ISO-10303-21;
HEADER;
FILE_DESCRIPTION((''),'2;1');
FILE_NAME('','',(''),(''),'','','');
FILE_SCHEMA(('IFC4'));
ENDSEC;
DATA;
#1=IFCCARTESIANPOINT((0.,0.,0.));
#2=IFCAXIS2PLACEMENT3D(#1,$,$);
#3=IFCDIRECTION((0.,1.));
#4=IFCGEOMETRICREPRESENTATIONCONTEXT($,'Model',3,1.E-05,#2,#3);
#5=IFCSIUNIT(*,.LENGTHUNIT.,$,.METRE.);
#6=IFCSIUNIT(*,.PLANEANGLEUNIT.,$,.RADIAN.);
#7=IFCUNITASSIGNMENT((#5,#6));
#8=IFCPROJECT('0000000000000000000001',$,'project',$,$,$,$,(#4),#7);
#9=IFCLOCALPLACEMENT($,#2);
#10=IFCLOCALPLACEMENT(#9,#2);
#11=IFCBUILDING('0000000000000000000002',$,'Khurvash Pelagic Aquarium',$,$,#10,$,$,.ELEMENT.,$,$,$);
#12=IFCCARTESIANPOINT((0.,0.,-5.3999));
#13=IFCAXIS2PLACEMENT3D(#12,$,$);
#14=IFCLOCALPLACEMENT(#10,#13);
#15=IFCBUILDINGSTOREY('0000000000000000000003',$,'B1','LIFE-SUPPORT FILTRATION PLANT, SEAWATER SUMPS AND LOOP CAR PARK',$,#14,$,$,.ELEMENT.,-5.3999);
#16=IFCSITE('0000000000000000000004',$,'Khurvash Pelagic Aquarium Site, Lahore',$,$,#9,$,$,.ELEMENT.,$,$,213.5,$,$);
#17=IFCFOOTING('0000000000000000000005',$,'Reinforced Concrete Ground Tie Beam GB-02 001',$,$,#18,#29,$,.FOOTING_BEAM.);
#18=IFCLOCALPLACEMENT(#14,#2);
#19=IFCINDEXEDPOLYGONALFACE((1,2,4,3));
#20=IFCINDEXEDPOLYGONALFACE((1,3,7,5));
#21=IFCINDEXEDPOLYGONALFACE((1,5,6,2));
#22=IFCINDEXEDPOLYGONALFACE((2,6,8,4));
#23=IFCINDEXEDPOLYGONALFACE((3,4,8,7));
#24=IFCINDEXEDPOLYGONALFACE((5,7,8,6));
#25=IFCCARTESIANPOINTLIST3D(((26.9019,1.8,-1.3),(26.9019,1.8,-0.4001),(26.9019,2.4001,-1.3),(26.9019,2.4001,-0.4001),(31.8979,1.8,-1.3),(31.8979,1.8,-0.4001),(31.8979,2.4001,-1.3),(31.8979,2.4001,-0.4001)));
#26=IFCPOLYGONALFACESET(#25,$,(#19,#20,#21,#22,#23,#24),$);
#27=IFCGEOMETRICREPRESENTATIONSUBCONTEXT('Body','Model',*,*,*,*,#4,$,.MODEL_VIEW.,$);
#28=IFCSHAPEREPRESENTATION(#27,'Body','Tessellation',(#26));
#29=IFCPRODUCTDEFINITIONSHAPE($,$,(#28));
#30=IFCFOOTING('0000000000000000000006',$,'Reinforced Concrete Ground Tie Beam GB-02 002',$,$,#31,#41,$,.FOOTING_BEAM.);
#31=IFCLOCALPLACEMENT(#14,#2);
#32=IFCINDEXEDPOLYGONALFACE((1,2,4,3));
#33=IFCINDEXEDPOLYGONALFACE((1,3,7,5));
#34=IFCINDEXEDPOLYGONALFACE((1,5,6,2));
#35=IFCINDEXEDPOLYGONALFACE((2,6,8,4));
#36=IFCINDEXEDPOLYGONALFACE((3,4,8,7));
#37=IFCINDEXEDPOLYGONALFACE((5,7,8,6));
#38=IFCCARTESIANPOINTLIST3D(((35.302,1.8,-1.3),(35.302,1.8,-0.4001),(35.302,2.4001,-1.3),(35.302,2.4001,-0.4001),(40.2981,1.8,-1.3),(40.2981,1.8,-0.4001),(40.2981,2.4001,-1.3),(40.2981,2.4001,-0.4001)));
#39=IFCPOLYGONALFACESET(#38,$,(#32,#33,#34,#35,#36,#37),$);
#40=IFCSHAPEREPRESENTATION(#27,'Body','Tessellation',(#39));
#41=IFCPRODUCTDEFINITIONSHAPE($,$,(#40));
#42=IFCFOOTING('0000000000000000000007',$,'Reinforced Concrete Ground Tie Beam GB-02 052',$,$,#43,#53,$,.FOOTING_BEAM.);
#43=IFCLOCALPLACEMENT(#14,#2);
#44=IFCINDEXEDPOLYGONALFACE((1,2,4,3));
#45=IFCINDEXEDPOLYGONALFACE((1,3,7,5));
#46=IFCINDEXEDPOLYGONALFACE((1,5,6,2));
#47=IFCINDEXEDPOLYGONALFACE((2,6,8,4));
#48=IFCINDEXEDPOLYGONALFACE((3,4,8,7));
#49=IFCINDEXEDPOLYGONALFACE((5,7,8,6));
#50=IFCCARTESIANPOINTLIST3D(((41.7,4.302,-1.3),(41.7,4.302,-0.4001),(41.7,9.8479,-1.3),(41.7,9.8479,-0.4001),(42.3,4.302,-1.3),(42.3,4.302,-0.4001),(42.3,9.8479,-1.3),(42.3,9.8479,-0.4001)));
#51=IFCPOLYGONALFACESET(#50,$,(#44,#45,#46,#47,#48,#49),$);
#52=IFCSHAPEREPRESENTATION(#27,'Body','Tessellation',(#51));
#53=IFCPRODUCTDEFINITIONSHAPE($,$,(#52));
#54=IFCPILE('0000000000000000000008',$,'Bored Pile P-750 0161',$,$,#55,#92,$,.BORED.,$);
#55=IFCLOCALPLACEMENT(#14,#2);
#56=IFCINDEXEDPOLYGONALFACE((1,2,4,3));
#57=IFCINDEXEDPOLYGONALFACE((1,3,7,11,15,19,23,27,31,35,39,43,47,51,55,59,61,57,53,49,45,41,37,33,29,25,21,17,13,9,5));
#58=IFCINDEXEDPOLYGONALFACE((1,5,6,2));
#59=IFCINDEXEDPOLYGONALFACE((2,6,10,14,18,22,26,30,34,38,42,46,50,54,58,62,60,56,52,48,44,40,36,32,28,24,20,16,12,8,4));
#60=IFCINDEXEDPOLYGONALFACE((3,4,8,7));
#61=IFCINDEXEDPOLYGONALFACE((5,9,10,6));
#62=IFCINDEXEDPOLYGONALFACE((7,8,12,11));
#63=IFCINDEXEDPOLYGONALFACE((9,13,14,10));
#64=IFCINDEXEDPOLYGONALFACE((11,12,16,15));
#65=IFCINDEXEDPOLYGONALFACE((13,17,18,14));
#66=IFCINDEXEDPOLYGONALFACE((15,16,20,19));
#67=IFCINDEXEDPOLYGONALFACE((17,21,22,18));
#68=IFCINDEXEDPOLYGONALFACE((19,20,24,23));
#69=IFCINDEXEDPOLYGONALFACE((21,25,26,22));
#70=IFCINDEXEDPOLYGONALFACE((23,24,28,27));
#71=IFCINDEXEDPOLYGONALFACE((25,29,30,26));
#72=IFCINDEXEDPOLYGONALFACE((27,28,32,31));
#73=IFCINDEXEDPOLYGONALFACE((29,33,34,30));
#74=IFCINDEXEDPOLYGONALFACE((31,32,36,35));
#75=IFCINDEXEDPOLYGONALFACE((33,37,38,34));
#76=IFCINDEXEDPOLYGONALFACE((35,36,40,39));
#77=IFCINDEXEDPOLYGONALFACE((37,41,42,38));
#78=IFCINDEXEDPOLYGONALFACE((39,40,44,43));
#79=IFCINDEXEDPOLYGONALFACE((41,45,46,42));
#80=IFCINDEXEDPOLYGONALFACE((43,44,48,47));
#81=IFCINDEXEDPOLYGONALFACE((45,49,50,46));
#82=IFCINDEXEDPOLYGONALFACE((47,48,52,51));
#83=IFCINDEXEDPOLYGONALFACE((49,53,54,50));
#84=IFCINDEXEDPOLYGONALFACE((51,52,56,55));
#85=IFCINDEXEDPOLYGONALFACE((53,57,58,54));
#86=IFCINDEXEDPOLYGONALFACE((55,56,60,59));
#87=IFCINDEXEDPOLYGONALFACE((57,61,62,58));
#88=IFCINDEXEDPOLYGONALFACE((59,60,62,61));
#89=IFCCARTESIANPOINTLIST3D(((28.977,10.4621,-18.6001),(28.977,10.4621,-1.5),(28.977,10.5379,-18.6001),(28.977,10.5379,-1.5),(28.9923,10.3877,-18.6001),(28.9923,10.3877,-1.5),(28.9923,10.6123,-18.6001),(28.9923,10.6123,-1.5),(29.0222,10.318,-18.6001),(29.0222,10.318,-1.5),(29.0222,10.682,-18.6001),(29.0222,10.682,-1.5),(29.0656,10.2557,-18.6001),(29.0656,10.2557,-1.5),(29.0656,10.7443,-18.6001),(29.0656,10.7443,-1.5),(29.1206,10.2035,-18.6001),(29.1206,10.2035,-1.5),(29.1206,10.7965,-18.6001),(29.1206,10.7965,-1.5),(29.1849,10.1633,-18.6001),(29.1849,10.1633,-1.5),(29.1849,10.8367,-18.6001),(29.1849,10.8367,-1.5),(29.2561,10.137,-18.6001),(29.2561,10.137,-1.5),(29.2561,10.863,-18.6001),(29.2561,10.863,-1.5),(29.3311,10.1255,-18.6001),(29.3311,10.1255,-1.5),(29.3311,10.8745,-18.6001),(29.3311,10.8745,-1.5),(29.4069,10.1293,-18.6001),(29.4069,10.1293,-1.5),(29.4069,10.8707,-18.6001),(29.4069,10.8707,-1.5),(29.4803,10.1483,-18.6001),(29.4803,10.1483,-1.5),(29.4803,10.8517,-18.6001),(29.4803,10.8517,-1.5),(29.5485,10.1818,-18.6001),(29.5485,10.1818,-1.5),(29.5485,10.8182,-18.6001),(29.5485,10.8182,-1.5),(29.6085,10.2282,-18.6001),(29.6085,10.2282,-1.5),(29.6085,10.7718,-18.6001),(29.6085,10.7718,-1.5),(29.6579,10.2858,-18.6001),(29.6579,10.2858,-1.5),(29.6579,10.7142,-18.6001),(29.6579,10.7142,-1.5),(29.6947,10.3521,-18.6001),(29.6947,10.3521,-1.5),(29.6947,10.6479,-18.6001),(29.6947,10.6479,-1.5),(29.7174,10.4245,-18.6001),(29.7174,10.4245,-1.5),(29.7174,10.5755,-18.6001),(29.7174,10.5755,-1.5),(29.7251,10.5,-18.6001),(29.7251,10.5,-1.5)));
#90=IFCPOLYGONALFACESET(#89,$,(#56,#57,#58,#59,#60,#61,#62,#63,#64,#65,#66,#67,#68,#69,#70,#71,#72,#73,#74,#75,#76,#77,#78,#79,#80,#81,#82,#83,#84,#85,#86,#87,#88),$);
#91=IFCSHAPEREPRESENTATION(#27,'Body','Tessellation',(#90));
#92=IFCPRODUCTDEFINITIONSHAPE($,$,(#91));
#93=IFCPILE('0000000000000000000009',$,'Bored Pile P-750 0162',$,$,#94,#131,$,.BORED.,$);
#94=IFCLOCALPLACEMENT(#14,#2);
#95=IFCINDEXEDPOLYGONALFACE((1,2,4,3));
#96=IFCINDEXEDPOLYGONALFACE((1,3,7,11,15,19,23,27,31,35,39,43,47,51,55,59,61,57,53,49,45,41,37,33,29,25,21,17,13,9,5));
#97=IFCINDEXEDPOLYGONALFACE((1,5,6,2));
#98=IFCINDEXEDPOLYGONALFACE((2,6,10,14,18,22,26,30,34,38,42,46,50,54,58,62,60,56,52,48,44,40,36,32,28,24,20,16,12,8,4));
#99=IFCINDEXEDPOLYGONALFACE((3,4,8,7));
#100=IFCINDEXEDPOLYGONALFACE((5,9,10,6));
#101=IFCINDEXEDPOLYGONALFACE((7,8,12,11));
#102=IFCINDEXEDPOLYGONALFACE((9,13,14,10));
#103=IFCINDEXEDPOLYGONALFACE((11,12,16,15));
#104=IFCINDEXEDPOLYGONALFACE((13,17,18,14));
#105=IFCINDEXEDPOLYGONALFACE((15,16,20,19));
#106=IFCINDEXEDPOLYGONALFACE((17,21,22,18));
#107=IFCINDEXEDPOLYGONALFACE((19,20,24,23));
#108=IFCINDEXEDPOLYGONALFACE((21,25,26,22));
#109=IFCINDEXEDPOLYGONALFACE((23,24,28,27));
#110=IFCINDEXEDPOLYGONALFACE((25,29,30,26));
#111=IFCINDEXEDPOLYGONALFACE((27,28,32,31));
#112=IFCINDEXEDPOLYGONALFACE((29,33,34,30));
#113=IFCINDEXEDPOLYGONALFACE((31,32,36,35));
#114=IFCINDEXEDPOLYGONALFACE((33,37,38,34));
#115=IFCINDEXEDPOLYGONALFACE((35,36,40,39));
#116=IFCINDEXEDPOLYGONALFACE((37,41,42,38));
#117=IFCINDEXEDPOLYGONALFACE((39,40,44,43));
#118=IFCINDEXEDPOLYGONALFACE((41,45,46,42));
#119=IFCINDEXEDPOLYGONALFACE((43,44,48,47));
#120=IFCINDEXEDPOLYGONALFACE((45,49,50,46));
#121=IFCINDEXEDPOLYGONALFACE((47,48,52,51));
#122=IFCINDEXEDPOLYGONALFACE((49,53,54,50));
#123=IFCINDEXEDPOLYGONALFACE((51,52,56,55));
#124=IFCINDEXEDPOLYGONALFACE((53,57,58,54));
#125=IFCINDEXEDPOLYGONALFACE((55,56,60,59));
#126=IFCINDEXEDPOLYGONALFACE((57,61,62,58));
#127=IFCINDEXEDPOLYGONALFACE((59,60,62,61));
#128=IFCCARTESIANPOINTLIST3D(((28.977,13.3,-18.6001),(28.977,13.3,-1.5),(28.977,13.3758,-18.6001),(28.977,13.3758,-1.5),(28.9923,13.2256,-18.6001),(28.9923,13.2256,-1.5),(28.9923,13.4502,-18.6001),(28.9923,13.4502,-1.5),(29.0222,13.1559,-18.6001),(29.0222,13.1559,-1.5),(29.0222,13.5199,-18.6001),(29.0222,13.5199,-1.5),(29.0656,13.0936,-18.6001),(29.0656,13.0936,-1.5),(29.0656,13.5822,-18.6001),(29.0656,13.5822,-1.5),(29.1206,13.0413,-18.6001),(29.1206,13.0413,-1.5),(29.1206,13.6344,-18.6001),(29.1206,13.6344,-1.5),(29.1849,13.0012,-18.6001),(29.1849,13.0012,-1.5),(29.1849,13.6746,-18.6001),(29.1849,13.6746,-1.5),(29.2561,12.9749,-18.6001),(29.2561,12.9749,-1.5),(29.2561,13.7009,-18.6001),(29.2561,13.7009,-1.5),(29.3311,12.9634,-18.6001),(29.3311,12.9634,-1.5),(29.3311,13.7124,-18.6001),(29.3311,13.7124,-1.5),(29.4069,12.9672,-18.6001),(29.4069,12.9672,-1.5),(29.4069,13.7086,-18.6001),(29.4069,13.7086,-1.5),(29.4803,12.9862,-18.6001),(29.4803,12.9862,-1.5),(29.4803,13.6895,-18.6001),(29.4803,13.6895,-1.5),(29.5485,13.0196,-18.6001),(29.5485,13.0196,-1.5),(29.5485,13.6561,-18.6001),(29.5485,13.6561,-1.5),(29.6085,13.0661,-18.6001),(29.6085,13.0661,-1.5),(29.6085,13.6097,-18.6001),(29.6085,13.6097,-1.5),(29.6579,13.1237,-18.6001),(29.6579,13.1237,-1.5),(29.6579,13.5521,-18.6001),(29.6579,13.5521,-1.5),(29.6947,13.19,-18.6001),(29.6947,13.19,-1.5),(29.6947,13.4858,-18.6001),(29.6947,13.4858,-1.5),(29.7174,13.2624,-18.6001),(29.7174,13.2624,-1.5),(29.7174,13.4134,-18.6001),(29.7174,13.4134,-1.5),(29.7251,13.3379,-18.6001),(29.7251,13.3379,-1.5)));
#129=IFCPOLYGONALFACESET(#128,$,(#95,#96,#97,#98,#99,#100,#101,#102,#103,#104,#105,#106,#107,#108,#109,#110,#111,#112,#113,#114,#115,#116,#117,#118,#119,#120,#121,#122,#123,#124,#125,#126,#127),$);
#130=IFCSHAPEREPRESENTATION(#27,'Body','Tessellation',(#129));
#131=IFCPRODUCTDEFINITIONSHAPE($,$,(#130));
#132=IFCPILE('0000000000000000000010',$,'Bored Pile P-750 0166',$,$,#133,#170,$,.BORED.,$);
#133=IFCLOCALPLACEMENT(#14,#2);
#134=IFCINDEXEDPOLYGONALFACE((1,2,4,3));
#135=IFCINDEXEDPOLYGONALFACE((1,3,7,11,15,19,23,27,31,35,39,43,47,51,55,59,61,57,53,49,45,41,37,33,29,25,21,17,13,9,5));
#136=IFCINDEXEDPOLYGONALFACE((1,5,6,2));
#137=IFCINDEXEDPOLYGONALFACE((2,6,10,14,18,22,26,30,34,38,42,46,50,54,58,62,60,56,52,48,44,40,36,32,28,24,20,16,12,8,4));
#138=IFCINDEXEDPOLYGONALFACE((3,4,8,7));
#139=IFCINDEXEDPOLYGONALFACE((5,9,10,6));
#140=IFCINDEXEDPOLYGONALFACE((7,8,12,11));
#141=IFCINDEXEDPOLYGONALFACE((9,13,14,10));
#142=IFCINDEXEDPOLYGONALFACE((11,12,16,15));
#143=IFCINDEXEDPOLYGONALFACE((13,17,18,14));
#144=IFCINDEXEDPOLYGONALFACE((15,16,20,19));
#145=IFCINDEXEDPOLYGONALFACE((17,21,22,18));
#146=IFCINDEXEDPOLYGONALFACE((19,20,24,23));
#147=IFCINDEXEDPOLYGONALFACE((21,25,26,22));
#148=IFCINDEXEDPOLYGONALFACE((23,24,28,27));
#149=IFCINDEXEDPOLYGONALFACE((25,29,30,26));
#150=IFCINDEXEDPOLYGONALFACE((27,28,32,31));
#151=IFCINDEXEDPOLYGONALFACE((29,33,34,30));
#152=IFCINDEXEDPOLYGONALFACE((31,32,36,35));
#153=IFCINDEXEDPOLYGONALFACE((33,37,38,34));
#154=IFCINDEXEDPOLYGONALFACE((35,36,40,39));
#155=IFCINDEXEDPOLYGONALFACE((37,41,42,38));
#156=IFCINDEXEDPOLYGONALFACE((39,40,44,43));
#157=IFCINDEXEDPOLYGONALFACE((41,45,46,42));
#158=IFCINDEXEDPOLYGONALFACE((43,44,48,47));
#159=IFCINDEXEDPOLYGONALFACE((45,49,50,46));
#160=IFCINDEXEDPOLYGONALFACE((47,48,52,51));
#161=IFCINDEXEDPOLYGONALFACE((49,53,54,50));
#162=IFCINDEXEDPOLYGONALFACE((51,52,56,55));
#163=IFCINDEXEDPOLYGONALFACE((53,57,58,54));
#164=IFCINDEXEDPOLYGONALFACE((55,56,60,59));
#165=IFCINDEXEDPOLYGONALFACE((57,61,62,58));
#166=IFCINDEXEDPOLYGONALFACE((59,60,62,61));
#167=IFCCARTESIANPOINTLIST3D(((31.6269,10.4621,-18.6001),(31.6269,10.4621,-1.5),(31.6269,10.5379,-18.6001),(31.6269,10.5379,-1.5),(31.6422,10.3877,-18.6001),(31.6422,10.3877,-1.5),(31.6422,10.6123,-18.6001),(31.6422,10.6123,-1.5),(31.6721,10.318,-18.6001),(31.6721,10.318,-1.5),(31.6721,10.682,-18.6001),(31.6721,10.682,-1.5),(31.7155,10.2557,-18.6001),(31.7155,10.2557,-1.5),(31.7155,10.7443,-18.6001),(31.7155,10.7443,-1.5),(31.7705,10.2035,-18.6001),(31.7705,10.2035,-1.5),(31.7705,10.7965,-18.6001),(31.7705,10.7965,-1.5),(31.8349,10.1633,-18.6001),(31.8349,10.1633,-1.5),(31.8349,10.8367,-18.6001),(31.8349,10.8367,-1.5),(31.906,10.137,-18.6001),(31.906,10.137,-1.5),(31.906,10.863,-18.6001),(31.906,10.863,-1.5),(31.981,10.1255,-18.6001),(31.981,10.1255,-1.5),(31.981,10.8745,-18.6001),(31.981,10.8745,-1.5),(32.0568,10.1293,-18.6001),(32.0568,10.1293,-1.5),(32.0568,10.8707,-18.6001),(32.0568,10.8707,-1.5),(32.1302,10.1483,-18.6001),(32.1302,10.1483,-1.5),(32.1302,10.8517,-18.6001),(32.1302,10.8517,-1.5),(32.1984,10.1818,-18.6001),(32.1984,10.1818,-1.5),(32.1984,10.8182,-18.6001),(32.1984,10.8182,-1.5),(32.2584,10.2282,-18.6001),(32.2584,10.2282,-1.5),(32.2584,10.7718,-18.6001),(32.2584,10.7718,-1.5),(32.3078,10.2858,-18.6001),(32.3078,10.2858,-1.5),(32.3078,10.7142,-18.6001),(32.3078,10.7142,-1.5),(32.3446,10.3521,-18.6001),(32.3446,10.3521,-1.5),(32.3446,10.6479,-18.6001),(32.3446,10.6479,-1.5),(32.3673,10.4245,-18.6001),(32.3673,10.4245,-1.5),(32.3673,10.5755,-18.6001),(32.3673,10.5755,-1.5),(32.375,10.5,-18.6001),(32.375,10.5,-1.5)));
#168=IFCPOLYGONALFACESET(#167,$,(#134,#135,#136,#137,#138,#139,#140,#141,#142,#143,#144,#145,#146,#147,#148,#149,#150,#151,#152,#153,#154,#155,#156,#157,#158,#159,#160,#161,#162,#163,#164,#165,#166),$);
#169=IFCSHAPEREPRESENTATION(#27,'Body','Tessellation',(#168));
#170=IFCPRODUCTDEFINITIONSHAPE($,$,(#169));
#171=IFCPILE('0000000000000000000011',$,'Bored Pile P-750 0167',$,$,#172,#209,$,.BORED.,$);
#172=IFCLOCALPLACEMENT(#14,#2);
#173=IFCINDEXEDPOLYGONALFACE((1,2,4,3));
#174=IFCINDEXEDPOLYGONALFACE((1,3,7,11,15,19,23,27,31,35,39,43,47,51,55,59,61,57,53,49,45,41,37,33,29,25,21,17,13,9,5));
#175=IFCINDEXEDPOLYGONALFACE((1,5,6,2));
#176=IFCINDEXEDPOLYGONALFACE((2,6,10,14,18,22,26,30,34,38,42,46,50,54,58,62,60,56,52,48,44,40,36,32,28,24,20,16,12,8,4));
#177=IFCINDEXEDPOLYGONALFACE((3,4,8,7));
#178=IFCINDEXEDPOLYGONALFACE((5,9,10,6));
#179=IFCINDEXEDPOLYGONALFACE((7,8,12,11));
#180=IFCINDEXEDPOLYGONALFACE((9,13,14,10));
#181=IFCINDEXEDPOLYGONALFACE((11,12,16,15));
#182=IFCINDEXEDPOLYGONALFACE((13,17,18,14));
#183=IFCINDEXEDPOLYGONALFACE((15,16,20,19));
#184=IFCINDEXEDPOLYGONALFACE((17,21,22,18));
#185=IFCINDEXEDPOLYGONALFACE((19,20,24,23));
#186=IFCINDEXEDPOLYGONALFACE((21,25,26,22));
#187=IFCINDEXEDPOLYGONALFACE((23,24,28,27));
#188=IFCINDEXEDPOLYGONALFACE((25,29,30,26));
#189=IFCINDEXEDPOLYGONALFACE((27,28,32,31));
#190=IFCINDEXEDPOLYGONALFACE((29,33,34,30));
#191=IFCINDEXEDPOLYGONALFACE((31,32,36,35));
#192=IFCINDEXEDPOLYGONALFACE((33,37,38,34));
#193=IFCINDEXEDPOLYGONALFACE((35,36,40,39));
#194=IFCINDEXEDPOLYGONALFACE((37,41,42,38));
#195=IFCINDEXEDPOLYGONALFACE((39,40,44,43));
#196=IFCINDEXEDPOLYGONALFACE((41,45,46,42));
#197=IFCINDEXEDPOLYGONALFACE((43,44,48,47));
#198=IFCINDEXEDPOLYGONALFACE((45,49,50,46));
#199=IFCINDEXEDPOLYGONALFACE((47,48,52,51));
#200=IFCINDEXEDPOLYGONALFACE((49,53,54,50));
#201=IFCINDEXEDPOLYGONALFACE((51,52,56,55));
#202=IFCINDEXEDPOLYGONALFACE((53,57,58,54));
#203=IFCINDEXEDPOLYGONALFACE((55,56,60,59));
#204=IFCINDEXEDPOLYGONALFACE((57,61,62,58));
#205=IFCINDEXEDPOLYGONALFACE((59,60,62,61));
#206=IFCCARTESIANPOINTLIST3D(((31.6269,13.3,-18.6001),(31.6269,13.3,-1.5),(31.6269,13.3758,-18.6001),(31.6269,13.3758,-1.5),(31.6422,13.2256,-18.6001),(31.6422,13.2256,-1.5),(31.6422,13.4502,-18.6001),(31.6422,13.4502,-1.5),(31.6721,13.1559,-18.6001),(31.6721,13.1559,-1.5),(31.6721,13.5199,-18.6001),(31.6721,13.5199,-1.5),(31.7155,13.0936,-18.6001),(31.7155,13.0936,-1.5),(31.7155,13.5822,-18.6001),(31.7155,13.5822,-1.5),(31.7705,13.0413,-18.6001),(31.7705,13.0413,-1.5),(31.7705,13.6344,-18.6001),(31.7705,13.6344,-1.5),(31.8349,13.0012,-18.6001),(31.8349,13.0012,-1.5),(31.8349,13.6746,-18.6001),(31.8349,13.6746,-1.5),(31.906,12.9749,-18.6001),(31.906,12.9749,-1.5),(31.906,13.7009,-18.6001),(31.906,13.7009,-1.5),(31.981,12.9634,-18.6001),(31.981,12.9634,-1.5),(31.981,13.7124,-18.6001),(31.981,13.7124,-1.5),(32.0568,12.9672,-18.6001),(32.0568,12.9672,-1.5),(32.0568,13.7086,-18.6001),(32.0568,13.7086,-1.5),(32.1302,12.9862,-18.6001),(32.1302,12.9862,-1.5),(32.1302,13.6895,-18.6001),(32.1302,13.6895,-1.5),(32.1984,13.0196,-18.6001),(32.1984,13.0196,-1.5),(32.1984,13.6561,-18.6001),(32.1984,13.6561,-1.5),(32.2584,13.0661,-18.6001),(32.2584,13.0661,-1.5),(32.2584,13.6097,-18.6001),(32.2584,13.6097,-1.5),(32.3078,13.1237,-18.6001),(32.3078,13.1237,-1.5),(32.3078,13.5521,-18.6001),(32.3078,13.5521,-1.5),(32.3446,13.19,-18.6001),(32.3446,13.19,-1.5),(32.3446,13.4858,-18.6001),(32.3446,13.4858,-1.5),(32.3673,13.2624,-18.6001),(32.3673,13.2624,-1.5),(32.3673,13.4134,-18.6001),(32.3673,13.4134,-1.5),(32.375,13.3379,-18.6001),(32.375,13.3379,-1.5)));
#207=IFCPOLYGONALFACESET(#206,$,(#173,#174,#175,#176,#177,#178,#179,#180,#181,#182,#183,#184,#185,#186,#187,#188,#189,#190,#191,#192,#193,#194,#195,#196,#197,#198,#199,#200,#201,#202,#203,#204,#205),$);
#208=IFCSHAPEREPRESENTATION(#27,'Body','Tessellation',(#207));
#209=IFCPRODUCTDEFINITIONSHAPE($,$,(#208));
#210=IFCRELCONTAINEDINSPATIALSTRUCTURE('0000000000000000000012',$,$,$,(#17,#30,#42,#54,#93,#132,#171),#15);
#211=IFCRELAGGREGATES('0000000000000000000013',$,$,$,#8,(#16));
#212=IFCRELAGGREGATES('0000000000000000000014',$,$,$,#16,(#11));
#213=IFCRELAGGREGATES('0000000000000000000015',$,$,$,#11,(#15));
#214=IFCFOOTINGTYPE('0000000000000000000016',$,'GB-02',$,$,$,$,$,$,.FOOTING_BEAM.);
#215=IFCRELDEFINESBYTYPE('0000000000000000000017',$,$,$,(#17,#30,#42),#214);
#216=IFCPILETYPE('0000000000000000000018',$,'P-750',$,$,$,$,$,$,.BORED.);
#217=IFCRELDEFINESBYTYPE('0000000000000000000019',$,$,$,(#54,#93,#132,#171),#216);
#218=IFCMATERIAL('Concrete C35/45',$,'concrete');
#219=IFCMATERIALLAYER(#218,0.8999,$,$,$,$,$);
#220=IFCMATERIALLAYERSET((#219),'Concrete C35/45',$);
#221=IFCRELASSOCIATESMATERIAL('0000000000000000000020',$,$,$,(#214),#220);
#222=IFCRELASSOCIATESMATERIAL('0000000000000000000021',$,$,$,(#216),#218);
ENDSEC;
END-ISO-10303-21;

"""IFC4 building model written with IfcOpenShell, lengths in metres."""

from ifc_helpers import new_model, si_unit, direction, frame, origin, origin_2d, place, context, subcontext, project, spatial, rectangle, circle, extrude, material, layer, layer_set, material_profile, profile_set, type_object, element, save


model = new_model("IFC4")

# Units and contexts
model_context = context("Model", 3, precision=1e-05, world=origin(), true_north=direction((0.0, 1.0)))
body_context = subcontext(model_context, "Body", "Model", "MODEL_VIEW")
ifc_project = project(units=[si_unit("LENGTHUNIT", "METRE"), si_unit("PLANEANGLEUNIT", "RADIAN")], contexts=[model_context])

# Site, building, storey
site_placement = place(None, origin())
site = spatial("IfcSite", under=ifc_project, at=site_placement, Name="Khurvash Pelagic Aquarium Site, Lahore", CompositionType="ELEMENT", RefElevation=213.5)
building_placement = place(site_placement, origin())
building = spatial("IfcBuilding", under=site, at=building_placement, Name="Khurvash Pelagic Aquarium", CompositionType="ELEMENT")
storey_placement = place(building_placement, frame((0.0, 0.0, -5.3999)))
storey = spatial("IfcBuildingStorey", under=building, at=storey_placement, Name="B1", Description="LIFE-SUPPORT FILTRATION PLANT, SEAWATER SUMPS AND LOOP CAR PARK", CompositionType="ELEMENT", Elevation=-5.3999)

# Footings
ifc_material_1 = material(Name="Concrete C35/45", Category="concrete")
ifc_layer_1 = layer(ifc_material_1, 0.8999)
ifc_layer_set_1 = layer_set([ifc_layer_1], Name="Concrete C35/45")
footing_type_1 = type_object("IfcFootingType", Name="GB-02", PredefinedType="FOOTING_BEAM", material=ifc_layer_set_1)
for number, where, z_axis, x_axis, name in (
    (1, (29.3999, 2.1001, -1.3), (0.0, 0.0, 1.0), (1.0, 0.0, 0.0), "Reinforced Concrete Ground Tie Beam GB-02 001"),
    (2, (37.8, 2.1001, -1.3), (0.0, 0.0, 1.0), (1.0, 0.0, 0.0), "Reinforced Concrete Ground Tie Beam GB-02 002"),
):
    element("IfcFooting", number, at=place(storey_placement, frame(where, z_axis=z_axis, x_axis=x_axis)), inside=storey, type_object=footing_type_1, Name=name, PredefinedType="FOOTING_BEAM", context=body_context, shape_type="SweptSolid", body=[
        extrude(rectangle(XDim=4.9961, YDim=0.6001, at=origin_2d()), origin(), (0.0, 0.0, 1.0), 0.8999),
    ])
footing_1_placement = place(storey_placement, frame((42.0, 7.075, -1.3), z_axis=(0.0, 0.0, 1.0), x_axis=(0.0, 1.0, 0.0)))
element("IfcFooting", 3, at=footing_1_placement, inside=storey, type_object=footing_type_1, Name="Reinforced Concrete Ground Tie Beam GB-02 052", PredefinedType="FOOTING_BEAM", context=body_context, shape_type="SweptSolid", body=[
    extrude(rectangle(XDim=5.5459, YDim=0.6001, at=origin_2d()), origin(), (0.0, 0.0, 1.0), 0.8999),
])

# Piles
ifc_material_profile_1 = material_profile(ifc_material_1, circle(Radius=0.375, at=origin_2d()), Name="PILE750")
ifc_profile_set_1 = profile_set([ifc_material_profile_1], Name="Concrete C35/45")
pile_type = type_object("IfcPileType", Name="P-750", PredefinedType="BORED", material=ifc_profile_set_1)
for number, where, z_axis, x_axis, name in (
    (4, (29.3501, 10.5, -1.5), (0.0, 0.0, -1.0), (1.0, 0.0, 0.0), "Bored Pile P-750 0161"),
    (5, (29.3501, 13.3379, -1.5), (0.0, 0.0, -1.0), (1.0, 0.0, 0.0), "Bored Pile P-750 0162"),
    (6, (32.0, 10.5, -1.5), (0.0, 0.0, -1.0), (1.0, 0.0, 0.0), "Bored Pile P-750 0166"),
    (7, (32.0, 13.3379, -1.5), (0.0, 0.0, -1.0), (1.0, 0.0, 0.0), "Bored Pile P-750 0167"),
):
    element("IfcPile", number, at=place(storey_placement, frame(where, z_axis=z_axis, x_axis=x_axis)), inside=storey, type_object=pile_type, Name=name, PredefinedType="BORED", context=body_context, shape_type="SweptSolid", body=[
        extrude(circle(Radius=0.375, at=origin_2d()), origin(), (0.0, 0.0, 1.0), 17.1001),
    ])

save(model, "model.ifc")
